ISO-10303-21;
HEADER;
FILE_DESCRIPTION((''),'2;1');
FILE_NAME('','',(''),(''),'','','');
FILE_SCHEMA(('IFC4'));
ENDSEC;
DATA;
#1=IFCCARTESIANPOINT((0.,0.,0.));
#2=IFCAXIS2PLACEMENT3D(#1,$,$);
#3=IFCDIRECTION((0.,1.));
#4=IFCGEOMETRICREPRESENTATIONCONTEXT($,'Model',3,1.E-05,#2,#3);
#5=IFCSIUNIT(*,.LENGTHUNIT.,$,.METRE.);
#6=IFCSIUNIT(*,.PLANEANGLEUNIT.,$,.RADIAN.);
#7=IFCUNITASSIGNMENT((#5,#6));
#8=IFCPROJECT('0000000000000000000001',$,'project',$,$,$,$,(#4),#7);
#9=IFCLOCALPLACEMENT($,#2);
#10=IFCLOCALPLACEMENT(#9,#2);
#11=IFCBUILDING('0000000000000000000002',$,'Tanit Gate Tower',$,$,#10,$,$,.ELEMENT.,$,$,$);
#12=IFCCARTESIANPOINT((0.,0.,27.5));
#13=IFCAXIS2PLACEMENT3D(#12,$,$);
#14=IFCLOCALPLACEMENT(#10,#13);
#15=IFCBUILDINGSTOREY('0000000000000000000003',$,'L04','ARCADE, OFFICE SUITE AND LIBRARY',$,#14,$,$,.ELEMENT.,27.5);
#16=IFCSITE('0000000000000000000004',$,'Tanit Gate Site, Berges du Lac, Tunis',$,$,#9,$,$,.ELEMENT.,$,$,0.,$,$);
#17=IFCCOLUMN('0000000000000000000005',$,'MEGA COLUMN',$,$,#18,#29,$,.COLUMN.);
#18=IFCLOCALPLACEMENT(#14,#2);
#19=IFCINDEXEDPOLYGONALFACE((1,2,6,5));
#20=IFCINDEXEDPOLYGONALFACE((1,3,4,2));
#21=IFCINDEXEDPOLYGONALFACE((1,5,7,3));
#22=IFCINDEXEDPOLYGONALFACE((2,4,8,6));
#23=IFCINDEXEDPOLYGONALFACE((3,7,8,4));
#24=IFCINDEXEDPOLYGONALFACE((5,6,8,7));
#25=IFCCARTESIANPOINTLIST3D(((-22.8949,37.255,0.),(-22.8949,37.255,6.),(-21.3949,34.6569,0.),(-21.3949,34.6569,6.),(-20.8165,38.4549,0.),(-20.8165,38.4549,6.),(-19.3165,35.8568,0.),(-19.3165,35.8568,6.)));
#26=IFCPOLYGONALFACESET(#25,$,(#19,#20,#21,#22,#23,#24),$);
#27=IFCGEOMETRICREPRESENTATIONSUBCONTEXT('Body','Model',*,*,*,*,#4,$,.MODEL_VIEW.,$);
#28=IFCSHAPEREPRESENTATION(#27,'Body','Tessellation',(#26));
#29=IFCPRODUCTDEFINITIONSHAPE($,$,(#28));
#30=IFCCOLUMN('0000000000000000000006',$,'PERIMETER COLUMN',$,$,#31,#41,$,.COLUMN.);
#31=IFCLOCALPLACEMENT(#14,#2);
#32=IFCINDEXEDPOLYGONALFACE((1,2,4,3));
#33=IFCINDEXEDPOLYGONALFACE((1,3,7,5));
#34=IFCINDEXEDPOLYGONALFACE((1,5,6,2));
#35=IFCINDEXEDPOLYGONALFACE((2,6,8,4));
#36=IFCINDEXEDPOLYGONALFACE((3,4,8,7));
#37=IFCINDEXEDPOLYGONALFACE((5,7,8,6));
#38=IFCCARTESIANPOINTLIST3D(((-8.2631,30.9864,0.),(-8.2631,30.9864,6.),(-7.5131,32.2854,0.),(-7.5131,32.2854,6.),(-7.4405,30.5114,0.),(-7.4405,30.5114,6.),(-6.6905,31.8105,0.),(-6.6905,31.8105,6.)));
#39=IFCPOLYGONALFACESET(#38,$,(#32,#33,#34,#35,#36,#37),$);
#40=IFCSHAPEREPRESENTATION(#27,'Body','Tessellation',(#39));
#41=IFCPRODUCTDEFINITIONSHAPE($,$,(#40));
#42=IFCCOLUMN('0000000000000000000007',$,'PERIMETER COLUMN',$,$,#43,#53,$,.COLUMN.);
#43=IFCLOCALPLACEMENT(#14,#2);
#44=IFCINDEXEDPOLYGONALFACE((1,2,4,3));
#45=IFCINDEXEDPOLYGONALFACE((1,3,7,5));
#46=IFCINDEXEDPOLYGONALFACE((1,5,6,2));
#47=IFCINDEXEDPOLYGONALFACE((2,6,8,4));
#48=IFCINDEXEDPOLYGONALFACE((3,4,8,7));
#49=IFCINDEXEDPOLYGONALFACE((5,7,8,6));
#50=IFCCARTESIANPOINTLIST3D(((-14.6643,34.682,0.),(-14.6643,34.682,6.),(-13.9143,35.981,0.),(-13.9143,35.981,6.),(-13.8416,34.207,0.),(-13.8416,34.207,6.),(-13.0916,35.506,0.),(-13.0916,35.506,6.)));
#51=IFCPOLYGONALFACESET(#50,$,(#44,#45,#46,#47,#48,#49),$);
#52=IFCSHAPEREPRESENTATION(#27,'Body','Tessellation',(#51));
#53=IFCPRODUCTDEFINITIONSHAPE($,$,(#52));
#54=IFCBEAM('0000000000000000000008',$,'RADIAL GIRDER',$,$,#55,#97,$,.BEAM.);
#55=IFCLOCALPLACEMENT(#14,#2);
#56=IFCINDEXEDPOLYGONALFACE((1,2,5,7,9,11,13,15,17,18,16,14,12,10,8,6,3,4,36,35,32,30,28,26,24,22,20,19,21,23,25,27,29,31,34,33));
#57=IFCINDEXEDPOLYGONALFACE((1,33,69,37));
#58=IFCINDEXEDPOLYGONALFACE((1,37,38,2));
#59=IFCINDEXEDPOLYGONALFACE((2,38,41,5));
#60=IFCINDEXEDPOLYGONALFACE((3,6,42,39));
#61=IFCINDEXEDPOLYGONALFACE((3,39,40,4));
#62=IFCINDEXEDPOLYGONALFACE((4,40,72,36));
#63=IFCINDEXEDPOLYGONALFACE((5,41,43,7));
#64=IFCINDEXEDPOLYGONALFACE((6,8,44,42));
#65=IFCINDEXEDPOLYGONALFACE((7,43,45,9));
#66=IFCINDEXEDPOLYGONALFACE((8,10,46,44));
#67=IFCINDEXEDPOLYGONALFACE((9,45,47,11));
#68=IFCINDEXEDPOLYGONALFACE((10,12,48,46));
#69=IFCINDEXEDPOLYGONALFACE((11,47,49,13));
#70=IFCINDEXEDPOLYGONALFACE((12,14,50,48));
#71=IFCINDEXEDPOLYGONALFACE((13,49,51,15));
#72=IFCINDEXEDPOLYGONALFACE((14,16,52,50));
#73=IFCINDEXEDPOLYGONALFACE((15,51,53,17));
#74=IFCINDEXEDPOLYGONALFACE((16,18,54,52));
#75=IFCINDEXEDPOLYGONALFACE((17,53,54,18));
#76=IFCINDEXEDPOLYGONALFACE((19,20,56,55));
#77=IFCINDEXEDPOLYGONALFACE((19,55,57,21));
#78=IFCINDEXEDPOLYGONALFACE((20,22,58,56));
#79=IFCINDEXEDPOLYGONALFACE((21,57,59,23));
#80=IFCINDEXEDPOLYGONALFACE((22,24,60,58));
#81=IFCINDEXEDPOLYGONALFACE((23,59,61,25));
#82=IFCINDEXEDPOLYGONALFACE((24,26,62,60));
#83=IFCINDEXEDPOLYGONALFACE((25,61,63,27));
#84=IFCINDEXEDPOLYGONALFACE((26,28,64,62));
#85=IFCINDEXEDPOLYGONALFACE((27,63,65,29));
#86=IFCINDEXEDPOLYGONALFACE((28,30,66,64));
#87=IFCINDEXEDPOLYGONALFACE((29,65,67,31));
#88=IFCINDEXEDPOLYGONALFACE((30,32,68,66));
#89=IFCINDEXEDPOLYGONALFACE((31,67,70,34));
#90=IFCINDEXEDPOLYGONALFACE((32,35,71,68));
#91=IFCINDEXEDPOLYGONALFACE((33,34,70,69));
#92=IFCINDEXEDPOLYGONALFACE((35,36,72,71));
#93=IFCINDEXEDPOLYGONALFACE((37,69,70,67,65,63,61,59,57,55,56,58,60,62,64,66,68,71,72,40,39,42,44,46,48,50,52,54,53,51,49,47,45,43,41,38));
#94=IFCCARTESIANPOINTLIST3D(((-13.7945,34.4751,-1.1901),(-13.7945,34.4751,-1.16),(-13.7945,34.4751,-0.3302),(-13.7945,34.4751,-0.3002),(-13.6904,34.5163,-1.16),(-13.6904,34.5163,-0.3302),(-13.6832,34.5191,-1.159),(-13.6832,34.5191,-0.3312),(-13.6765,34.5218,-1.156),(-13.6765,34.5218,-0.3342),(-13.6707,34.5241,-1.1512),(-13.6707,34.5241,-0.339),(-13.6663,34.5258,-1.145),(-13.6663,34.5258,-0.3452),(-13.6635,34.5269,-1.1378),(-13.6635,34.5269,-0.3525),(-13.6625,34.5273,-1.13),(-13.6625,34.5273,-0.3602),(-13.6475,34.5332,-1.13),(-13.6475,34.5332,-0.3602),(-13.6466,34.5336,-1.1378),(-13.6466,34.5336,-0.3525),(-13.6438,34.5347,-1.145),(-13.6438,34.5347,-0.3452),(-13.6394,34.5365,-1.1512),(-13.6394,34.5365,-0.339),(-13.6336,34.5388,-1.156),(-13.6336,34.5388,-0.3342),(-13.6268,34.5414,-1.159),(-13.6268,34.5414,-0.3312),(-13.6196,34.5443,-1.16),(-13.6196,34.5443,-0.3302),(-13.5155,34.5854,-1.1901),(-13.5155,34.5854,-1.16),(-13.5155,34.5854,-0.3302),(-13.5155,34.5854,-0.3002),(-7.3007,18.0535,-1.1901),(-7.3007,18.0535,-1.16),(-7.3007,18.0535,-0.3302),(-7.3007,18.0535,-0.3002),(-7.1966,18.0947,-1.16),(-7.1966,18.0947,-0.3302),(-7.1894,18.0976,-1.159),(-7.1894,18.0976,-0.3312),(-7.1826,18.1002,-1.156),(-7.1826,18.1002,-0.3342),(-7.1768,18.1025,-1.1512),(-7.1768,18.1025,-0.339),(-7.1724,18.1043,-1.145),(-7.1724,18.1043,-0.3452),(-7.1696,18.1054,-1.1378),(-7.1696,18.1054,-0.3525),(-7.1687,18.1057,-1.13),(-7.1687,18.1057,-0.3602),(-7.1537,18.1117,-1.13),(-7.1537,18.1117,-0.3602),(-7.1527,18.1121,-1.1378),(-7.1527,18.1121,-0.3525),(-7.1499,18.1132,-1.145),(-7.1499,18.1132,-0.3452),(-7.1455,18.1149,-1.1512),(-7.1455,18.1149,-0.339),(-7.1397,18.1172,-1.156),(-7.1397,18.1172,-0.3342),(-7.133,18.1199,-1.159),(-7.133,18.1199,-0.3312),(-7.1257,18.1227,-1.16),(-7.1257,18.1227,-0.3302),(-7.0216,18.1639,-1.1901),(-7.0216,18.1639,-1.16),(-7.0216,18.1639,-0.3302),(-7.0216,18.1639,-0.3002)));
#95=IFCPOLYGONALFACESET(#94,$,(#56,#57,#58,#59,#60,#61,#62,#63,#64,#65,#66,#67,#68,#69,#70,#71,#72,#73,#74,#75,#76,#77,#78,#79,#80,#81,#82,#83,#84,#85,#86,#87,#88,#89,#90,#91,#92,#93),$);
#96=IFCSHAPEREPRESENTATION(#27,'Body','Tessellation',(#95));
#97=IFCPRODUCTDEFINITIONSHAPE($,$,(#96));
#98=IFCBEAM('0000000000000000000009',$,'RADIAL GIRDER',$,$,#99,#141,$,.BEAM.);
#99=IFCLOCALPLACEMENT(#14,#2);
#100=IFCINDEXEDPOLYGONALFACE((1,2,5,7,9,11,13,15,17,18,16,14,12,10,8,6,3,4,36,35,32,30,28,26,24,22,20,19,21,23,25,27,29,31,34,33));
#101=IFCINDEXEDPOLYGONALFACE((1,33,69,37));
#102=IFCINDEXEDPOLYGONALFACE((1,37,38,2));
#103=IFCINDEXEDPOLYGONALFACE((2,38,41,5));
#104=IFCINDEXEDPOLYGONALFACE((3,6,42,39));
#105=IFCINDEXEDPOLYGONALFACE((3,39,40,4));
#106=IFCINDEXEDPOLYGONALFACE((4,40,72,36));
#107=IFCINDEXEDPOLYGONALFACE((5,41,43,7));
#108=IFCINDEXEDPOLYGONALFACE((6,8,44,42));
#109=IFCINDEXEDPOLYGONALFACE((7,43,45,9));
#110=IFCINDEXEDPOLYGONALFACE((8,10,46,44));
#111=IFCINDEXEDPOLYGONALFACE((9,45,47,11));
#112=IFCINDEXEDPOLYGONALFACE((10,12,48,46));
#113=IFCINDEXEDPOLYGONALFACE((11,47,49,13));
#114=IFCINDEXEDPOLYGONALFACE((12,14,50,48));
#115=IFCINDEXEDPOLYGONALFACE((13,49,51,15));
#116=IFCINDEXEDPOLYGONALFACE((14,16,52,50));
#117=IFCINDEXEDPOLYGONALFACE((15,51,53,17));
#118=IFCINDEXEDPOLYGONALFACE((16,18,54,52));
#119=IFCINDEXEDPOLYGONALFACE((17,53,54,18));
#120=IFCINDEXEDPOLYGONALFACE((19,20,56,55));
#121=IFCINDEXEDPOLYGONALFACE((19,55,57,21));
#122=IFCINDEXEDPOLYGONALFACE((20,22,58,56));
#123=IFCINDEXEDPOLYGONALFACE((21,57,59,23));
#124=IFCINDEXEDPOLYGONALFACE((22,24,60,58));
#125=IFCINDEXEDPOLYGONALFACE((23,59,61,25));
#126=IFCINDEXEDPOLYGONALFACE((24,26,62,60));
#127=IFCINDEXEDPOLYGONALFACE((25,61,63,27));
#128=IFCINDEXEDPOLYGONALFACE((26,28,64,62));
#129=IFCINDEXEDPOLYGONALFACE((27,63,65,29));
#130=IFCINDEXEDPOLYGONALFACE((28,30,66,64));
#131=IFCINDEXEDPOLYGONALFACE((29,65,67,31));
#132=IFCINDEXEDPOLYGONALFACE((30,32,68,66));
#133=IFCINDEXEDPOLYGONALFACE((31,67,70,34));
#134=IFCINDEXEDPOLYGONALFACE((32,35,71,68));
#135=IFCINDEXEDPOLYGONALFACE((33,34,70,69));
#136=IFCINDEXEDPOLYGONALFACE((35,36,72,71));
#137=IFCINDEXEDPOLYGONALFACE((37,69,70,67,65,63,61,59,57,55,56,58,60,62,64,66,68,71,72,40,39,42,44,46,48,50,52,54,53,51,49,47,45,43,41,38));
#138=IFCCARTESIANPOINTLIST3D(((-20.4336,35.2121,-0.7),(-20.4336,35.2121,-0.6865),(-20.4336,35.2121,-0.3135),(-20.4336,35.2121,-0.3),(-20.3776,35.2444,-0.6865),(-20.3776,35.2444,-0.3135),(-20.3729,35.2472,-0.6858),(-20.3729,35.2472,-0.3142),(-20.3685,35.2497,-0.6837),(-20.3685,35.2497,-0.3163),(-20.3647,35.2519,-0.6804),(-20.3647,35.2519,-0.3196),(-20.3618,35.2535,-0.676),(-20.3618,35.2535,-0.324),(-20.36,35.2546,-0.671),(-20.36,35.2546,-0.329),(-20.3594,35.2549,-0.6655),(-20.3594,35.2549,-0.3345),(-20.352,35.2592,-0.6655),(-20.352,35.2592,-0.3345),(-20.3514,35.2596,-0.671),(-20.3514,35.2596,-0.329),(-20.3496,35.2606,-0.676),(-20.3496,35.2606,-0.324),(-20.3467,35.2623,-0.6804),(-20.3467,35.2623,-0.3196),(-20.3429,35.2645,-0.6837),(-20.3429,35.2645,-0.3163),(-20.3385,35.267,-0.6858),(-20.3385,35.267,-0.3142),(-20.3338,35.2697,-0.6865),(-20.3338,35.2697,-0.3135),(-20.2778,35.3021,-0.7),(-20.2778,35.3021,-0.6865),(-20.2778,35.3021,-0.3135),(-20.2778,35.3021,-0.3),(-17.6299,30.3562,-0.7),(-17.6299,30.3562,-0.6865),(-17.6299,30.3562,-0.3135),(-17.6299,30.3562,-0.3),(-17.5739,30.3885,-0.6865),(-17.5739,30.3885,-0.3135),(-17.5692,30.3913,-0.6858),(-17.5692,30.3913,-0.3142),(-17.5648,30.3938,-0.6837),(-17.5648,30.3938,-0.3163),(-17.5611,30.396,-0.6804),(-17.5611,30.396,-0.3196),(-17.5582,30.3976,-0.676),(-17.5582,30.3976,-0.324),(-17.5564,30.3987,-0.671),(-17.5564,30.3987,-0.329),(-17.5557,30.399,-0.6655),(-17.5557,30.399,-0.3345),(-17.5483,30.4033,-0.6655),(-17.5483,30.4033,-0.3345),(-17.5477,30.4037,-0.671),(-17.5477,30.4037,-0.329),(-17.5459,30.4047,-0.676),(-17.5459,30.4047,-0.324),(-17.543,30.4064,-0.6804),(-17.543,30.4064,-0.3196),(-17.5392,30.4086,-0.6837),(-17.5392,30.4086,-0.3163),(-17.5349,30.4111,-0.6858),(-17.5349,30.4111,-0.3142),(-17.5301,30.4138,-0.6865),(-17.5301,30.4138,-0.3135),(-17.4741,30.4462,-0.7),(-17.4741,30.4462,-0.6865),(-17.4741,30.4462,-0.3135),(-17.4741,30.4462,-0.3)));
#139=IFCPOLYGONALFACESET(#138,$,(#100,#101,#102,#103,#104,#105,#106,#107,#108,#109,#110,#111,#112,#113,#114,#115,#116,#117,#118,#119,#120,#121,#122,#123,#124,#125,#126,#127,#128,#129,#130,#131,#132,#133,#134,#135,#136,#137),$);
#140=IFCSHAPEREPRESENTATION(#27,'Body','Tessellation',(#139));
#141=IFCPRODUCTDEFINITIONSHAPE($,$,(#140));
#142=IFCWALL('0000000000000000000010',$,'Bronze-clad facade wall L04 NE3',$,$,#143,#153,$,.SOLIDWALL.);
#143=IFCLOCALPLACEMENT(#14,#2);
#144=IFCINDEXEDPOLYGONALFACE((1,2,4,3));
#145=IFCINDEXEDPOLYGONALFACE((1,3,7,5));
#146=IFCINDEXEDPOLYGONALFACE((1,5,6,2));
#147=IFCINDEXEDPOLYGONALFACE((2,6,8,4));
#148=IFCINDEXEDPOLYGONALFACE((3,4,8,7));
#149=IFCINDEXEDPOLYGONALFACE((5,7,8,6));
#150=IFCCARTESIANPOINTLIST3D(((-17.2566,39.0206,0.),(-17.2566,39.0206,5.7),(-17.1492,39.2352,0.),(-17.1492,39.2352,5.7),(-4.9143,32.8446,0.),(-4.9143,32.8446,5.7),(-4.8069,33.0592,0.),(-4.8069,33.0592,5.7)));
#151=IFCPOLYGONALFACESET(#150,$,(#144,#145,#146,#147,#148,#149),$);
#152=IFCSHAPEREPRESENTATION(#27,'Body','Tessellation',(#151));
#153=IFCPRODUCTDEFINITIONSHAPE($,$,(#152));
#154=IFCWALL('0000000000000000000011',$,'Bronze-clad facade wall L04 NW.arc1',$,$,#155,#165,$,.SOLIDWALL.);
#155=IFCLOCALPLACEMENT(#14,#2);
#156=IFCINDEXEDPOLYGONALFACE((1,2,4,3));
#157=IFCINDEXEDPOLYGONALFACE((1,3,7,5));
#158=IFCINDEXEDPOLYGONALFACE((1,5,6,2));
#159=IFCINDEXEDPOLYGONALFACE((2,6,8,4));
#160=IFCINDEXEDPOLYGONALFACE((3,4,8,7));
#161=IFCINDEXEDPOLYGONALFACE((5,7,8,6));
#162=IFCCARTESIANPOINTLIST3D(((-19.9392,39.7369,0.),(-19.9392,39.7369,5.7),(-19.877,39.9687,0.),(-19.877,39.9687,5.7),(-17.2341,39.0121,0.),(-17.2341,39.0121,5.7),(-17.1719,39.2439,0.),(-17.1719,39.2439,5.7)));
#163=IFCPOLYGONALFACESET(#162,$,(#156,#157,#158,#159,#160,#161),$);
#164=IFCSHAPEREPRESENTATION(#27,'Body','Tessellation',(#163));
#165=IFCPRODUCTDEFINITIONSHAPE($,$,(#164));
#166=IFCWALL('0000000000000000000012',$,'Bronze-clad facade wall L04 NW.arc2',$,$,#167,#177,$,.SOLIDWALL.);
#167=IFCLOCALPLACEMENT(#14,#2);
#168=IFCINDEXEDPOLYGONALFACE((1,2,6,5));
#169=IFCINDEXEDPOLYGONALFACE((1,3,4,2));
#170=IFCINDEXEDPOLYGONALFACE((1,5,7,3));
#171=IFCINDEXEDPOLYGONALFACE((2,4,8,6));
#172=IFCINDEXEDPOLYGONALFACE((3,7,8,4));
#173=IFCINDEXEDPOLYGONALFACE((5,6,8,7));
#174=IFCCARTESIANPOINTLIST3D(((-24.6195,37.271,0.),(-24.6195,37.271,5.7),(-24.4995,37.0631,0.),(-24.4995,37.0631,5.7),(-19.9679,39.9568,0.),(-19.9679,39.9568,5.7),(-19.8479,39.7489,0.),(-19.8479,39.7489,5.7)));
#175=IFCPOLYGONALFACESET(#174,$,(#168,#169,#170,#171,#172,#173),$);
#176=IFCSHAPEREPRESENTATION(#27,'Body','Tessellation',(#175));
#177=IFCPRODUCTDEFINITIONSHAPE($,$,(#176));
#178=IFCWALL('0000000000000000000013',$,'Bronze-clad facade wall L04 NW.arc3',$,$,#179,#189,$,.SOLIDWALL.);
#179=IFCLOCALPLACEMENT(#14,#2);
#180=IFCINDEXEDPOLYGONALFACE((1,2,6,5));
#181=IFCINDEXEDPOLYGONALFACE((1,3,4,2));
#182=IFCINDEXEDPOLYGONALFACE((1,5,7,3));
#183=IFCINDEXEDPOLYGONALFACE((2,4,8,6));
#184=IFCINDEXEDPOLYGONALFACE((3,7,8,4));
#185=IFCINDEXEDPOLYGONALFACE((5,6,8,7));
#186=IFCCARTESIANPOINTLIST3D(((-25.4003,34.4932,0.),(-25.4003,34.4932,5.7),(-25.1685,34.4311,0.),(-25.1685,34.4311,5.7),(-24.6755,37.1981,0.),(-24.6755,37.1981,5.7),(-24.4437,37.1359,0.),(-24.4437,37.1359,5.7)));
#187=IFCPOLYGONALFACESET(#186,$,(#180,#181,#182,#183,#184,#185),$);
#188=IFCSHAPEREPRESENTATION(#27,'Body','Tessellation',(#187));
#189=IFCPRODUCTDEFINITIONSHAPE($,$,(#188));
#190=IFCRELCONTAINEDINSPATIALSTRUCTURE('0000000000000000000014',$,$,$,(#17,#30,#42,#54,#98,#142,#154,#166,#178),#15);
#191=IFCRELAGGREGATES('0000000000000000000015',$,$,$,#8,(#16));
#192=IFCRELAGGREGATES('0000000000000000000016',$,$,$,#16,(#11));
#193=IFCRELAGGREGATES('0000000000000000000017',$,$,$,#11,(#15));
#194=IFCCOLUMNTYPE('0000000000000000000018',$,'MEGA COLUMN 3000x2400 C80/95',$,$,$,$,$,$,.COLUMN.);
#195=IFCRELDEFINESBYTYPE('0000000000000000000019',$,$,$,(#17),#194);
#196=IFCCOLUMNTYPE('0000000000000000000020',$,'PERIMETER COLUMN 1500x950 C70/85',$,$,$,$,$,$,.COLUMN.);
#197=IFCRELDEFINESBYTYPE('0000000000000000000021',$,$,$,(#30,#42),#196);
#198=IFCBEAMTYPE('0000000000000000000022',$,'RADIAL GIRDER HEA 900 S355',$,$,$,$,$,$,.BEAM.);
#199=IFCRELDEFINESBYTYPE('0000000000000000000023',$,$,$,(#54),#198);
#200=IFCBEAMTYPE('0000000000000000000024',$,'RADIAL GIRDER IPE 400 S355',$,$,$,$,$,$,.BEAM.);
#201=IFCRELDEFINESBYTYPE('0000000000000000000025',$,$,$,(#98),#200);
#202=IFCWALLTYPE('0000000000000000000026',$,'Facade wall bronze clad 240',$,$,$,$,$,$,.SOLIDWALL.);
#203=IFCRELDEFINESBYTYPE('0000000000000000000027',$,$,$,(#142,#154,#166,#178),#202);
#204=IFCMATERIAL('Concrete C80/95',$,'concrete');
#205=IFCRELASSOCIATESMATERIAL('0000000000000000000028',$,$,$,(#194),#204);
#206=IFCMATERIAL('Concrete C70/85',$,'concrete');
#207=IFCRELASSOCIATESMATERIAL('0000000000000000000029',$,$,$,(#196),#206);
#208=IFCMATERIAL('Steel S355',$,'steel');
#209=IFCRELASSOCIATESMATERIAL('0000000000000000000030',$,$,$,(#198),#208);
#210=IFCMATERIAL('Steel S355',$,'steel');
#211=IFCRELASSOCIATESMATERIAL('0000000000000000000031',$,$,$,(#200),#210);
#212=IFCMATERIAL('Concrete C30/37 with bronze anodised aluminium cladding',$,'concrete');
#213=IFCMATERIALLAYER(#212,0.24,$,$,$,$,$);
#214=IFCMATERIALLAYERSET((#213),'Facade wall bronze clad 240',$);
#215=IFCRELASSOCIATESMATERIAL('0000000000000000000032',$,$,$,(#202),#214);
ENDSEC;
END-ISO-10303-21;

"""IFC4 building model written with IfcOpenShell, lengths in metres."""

from ifc_helpers import new_model, si_unit, direction, frame, frame_2d, origin, origin_2d, place, context, subcontext, project, spatial, rectangle, i_section, extrude, material, layer, layer_set, material_profile, profile_set, type_object, element, save


model = new_model("IFC4")

# Units and contexts
model_context = context("Model", 3, precision=1e-05, world=origin(), true_north=direction((0.0, 1.0)))
body_context = subcontext(model_context, "Body", "Model", "MODEL_VIEW")
ifc_project = project(units=[si_unit("LENGTHUNIT", "METRE"), si_unit("PLANEANGLEUNIT", "RADIAN")], contexts=[model_context])

# Site, building, storey
site_placement = place(None, origin())
site = spatial("IfcSite", under=ifc_project, at=site_placement, Name="Tanit Gate Site, Berges du Lac, Tunis", CompositionType="ELEMENT", RefElevation=0.0)
building_placement = place(site_placement, origin())
building = spatial("IfcBuilding", under=site, at=building_placement, Name="Tanit Gate Tower", CompositionType="ELEMENT")
storey_placement = place(building_placement, frame((0.0, 0.0, 27.5)))
storey = spatial("IfcBuildingStorey", under=building, at=storey_placement, Name="L04", Description="ARCADE, OFFICE SUITE AND LIBRARY", CompositionType="ELEMENT", Elevation=27.5)

# Columns
ifc_material_1 = material(Name="Concrete C80/95", Category="concrete")
ifc_material_profile_1 = material_profile(ifc_material_1, rectangle(XDim=3.0, YDim=2.3999, at=origin_2d()), Name="RC 3000x2400")
ifc_profile_set_1 = profile_set([ifc_material_profile_1], Name="Concrete C80/95")
column_type_1 = type_object("IfcColumnType", Name="MEGA COLUMN 3000x2400 C80/95", PredefinedType="COLUMN", material=ifc_profile_set_1)
column_placement = place(storey_placement, frame((-21.1057, 36.5559, 0.0), z_axis=(0.0, 0.0, 1.0), x_axis=(-0.5, 0.866025, 0.0)))
element("IfcColumn", 1, at=column_placement, inside=storey, type_object=column_type_1, Name="MEGA COLUMN", PredefinedType="COLUMN", context=body_context, shape_type="SweptSolid", body=[
    extrude(rectangle(XDim=3.0, YDim=2.3999, at=origin_2d()), origin(), (0.0, 0.0, 1.0), 6.0),
])
ifc_material_2 = material(Name="Concrete C70/85", Category="concrete")
ifc_material_profile_2 = material_profile(ifc_material_2, rectangle(XDim=1.5, YDim=0.95, at=origin_2d()), Name="RC 1500x950")
ifc_profile_set_2 = profile_set([ifc_material_profile_2], Name="Concrete C70/85")
column_type_2 = type_object("IfcColumnType", Name="PERIMETER COLUMN 1500x950 C70/85", PredefinedType="COLUMN", material=ifc_profile_set_2)
for number, where, z_axis, x_axis, name in (
    (2, (-7.4768, 31.3984, 0.0), (0.0, 0.0, 1.0), (0.5, 0.866025, 0.0), "PERIMETER COLUMN"),
    (3, (-13.8779, 35.094, 0.0), (0.0, 0.0, 1.0), (0.5, 0.866025, 0.0), "PERIMETER COLUMN"),
):
    element("IfcColumn", number, at=place(storey_placement, frame(where, z_axis=z_axis, x_axis=x_axis)), inside=storey, type_object=column_type_2, Name=name, PredefinedType="COLUMN", context=body_context, shape_type="SweptSolid", body=[
        extrude(rectangle(XDim=1.5, YDim=0.95, at=origin_2d()), origin(), (0.0, 0.0, 1.0), 6.0),
    ])

# Beams
ifc_material_3 = material(Name="Steel S355", Category="steel")
ifc_material_profile_3 = material_profile(ifc_material_3, i_section(OverallWidth=0.3, OverallDepth=0.8899, WebThickness=0.0161, FlangeThickness=0.03, FilletRadius=0.03, at=origin_2d()), Name="HEA 900")
ifc_profile_set_3 = profile_set([ifc_material_profile_3], Name="Steel S355")
beam_type_1 = type_object("IfcBeamType", Name="RADIAL GIRDER HEA 900 S355", PredefinedType="BEAM", material=ifc_profile_set_3)
beam_1_placement = place(storey_placement, frame((-13.655, 34.5303, -0.7451), z_axis=(0.367738, -0.929929, 0.0), x_axis=(0.929929, 0.367738, 0.0)))
element("IfcBeam", 4, at=beam_1_placement, inside=storey, type_object=beam_type_1, Name="RADIAL GIRDER", PredefinedType="BEAM", context=body_context, shape_type="SweptSolid", body=[
    extrude(i_section(OverallWidth=0.3, OverallDepth=0.8899, WebThickness=0.0161, FlangeThickness=0.03, FilletRadius=0.03, at=origin_2d()), origin(), (0.0, 0.0, 1.0), 17.6589),
])
ifc_material_4 = material(Name="Steel S355", Category="steel")
ifc_material_profile_4 = material_profile(ifc_material_4, i_section(OverallWidth=0.1799, OverallDepth=0.3999, WebThickness=0.0085, FlangeThickness=0.0134, FilletRadius=0.021, at=origin_2d()), Name="IPE 400")
ifc_profile_set_4 = profile_set([ifc_material_profile_4], Name="Steel S355")
beam_type_2 = type_object("IfcBeamType", Name="RADIAL GIRDER IPE 400 S355", PredefinedType="BEAM", material=ifc_profile_set_4)
beam_2_placement = place(storey_placement, frame((-20.3557, 35.2571, -0.5), z_axis=(0.500016, -0.866016, 0.0), x_axis=(0.866016, 0.500016, 0.0)))
element("IfcBeam", 5, at=beam_2_placement, inside=storey, type_object=beam_type_2, Name="RADIAL GIRDER", PredefinedType="BEAM", context=body_context, shape_type="SweptSolid", body=[
    extrude(i_section(OverallWidth=0.1799, OverallDepth=0.3999, WebThickness=0.0085, FlangeThickness=0.0134, FilletRadius=0.021, at=origin_2d()), origin(), (0.0, 0.0, 1.0), 5.6072),
])

# Walls
ifc_material_5 = material(Name="Concrete C30/37 with bronze anodised aluminium cladding", Category="concrete")
ifc_layer_1 = layer(ifc_material_5, 0.24)
ifc_layer_set_1 = layer_set([ifc_layer_1], Name="Facade wall bronze clad 240")
wall_type_1 = type_object("IfcWallType", Name="Facade wall bronze clad 240", PredefinedType="SOLIDWALL", material=ifc_layer_set_1)
wall_1_placement = place(storey_placement, frame((-4.8606, 32.9519, 0.0), z_axis=(0.0, 0.0, 1.0), x_axis=(-0.894286, 0.447497, 0.0)))
element("IfcWall", 6, at=wall_1_placement, inside=storey, type_object=wall_type_1, Name="Bronze-clad facade wall L04 NE3", PredefinedType="SOLIDWALL", context=body_context, shape_type="SweptSolid", body=[
    extrude(rectangle(XDim=13.8013, YDim=0.24, at=frame_2d((6.9006, 0.0))), origin(), (0.0, 0.0, 1.0), 5.7),
])
wall_2_placement = place(storey_placement, frame((-17.2029, 39.1279, 0.0), z_axis=(0.0, 0.0, 1.0), x_axis=(-0.965923, 0.258829, 0.0)))
element("IfcWall", 7, at=wall_2_placement, inside=storey, type_object=wall_type_1, Name="Bronze-clad facade wall L04 NW.arc1", PredefinedType="SOLIDWALL", context=body_context, shape_type="SweptSolid", body=[
    extrude(rectangle(XDim=2.8005, YDim=0.24, at=frame_2d((1.4004, 0.0))), origin(), (0.0, 0.0, 1.0), 5.7),
])
wall_3_placement = place(storey_placement, frame((-19.908, 39.8528, 0.0), z_axis=(0.0, 0.0, 1.0), x_axis=(-0.866011, -0.500025, 0.0)))
element("IfcWall", 8, at=wall_3_placement, inside=storey, type_object=wall_type_1, Name="Bronze-clad facade wall L04 NW.arc2", PredefinedType="SOLIDWALL", context=body_context, shape_type="SweptSolid", body=[
    extrude(rectangle(XDim=5.3713, YDim=0.24, at=frame_2d((2.6855, 0.0))), origin(), (0.0, 0.0, 1.0), 5.7),
])
wall_4_placement = place(storey_placement, frame((-24.5596, 37.167, 0.0), z_axis=(0.0, 0.0, 1.0), x_axis=(-0.258851, -0.965917, 0.0)))
element("IfcWall", 9, at=wall_4_placement, inside=storey, type_object=wall_type_1, Name="Bronze-clad facade wall L04 NW.arc3", PredefinedType="SOLIDWALL", context=body_context, shape_type="SweptSolid", body=[
    extrude(rectangle(XDim=2.8003, YDim=0.24, at=frame_2d((1.4001, 0.0))), origin(), (0.0, 0.0, 1.0), 5.7),
])

save(model, "model.ifc")
